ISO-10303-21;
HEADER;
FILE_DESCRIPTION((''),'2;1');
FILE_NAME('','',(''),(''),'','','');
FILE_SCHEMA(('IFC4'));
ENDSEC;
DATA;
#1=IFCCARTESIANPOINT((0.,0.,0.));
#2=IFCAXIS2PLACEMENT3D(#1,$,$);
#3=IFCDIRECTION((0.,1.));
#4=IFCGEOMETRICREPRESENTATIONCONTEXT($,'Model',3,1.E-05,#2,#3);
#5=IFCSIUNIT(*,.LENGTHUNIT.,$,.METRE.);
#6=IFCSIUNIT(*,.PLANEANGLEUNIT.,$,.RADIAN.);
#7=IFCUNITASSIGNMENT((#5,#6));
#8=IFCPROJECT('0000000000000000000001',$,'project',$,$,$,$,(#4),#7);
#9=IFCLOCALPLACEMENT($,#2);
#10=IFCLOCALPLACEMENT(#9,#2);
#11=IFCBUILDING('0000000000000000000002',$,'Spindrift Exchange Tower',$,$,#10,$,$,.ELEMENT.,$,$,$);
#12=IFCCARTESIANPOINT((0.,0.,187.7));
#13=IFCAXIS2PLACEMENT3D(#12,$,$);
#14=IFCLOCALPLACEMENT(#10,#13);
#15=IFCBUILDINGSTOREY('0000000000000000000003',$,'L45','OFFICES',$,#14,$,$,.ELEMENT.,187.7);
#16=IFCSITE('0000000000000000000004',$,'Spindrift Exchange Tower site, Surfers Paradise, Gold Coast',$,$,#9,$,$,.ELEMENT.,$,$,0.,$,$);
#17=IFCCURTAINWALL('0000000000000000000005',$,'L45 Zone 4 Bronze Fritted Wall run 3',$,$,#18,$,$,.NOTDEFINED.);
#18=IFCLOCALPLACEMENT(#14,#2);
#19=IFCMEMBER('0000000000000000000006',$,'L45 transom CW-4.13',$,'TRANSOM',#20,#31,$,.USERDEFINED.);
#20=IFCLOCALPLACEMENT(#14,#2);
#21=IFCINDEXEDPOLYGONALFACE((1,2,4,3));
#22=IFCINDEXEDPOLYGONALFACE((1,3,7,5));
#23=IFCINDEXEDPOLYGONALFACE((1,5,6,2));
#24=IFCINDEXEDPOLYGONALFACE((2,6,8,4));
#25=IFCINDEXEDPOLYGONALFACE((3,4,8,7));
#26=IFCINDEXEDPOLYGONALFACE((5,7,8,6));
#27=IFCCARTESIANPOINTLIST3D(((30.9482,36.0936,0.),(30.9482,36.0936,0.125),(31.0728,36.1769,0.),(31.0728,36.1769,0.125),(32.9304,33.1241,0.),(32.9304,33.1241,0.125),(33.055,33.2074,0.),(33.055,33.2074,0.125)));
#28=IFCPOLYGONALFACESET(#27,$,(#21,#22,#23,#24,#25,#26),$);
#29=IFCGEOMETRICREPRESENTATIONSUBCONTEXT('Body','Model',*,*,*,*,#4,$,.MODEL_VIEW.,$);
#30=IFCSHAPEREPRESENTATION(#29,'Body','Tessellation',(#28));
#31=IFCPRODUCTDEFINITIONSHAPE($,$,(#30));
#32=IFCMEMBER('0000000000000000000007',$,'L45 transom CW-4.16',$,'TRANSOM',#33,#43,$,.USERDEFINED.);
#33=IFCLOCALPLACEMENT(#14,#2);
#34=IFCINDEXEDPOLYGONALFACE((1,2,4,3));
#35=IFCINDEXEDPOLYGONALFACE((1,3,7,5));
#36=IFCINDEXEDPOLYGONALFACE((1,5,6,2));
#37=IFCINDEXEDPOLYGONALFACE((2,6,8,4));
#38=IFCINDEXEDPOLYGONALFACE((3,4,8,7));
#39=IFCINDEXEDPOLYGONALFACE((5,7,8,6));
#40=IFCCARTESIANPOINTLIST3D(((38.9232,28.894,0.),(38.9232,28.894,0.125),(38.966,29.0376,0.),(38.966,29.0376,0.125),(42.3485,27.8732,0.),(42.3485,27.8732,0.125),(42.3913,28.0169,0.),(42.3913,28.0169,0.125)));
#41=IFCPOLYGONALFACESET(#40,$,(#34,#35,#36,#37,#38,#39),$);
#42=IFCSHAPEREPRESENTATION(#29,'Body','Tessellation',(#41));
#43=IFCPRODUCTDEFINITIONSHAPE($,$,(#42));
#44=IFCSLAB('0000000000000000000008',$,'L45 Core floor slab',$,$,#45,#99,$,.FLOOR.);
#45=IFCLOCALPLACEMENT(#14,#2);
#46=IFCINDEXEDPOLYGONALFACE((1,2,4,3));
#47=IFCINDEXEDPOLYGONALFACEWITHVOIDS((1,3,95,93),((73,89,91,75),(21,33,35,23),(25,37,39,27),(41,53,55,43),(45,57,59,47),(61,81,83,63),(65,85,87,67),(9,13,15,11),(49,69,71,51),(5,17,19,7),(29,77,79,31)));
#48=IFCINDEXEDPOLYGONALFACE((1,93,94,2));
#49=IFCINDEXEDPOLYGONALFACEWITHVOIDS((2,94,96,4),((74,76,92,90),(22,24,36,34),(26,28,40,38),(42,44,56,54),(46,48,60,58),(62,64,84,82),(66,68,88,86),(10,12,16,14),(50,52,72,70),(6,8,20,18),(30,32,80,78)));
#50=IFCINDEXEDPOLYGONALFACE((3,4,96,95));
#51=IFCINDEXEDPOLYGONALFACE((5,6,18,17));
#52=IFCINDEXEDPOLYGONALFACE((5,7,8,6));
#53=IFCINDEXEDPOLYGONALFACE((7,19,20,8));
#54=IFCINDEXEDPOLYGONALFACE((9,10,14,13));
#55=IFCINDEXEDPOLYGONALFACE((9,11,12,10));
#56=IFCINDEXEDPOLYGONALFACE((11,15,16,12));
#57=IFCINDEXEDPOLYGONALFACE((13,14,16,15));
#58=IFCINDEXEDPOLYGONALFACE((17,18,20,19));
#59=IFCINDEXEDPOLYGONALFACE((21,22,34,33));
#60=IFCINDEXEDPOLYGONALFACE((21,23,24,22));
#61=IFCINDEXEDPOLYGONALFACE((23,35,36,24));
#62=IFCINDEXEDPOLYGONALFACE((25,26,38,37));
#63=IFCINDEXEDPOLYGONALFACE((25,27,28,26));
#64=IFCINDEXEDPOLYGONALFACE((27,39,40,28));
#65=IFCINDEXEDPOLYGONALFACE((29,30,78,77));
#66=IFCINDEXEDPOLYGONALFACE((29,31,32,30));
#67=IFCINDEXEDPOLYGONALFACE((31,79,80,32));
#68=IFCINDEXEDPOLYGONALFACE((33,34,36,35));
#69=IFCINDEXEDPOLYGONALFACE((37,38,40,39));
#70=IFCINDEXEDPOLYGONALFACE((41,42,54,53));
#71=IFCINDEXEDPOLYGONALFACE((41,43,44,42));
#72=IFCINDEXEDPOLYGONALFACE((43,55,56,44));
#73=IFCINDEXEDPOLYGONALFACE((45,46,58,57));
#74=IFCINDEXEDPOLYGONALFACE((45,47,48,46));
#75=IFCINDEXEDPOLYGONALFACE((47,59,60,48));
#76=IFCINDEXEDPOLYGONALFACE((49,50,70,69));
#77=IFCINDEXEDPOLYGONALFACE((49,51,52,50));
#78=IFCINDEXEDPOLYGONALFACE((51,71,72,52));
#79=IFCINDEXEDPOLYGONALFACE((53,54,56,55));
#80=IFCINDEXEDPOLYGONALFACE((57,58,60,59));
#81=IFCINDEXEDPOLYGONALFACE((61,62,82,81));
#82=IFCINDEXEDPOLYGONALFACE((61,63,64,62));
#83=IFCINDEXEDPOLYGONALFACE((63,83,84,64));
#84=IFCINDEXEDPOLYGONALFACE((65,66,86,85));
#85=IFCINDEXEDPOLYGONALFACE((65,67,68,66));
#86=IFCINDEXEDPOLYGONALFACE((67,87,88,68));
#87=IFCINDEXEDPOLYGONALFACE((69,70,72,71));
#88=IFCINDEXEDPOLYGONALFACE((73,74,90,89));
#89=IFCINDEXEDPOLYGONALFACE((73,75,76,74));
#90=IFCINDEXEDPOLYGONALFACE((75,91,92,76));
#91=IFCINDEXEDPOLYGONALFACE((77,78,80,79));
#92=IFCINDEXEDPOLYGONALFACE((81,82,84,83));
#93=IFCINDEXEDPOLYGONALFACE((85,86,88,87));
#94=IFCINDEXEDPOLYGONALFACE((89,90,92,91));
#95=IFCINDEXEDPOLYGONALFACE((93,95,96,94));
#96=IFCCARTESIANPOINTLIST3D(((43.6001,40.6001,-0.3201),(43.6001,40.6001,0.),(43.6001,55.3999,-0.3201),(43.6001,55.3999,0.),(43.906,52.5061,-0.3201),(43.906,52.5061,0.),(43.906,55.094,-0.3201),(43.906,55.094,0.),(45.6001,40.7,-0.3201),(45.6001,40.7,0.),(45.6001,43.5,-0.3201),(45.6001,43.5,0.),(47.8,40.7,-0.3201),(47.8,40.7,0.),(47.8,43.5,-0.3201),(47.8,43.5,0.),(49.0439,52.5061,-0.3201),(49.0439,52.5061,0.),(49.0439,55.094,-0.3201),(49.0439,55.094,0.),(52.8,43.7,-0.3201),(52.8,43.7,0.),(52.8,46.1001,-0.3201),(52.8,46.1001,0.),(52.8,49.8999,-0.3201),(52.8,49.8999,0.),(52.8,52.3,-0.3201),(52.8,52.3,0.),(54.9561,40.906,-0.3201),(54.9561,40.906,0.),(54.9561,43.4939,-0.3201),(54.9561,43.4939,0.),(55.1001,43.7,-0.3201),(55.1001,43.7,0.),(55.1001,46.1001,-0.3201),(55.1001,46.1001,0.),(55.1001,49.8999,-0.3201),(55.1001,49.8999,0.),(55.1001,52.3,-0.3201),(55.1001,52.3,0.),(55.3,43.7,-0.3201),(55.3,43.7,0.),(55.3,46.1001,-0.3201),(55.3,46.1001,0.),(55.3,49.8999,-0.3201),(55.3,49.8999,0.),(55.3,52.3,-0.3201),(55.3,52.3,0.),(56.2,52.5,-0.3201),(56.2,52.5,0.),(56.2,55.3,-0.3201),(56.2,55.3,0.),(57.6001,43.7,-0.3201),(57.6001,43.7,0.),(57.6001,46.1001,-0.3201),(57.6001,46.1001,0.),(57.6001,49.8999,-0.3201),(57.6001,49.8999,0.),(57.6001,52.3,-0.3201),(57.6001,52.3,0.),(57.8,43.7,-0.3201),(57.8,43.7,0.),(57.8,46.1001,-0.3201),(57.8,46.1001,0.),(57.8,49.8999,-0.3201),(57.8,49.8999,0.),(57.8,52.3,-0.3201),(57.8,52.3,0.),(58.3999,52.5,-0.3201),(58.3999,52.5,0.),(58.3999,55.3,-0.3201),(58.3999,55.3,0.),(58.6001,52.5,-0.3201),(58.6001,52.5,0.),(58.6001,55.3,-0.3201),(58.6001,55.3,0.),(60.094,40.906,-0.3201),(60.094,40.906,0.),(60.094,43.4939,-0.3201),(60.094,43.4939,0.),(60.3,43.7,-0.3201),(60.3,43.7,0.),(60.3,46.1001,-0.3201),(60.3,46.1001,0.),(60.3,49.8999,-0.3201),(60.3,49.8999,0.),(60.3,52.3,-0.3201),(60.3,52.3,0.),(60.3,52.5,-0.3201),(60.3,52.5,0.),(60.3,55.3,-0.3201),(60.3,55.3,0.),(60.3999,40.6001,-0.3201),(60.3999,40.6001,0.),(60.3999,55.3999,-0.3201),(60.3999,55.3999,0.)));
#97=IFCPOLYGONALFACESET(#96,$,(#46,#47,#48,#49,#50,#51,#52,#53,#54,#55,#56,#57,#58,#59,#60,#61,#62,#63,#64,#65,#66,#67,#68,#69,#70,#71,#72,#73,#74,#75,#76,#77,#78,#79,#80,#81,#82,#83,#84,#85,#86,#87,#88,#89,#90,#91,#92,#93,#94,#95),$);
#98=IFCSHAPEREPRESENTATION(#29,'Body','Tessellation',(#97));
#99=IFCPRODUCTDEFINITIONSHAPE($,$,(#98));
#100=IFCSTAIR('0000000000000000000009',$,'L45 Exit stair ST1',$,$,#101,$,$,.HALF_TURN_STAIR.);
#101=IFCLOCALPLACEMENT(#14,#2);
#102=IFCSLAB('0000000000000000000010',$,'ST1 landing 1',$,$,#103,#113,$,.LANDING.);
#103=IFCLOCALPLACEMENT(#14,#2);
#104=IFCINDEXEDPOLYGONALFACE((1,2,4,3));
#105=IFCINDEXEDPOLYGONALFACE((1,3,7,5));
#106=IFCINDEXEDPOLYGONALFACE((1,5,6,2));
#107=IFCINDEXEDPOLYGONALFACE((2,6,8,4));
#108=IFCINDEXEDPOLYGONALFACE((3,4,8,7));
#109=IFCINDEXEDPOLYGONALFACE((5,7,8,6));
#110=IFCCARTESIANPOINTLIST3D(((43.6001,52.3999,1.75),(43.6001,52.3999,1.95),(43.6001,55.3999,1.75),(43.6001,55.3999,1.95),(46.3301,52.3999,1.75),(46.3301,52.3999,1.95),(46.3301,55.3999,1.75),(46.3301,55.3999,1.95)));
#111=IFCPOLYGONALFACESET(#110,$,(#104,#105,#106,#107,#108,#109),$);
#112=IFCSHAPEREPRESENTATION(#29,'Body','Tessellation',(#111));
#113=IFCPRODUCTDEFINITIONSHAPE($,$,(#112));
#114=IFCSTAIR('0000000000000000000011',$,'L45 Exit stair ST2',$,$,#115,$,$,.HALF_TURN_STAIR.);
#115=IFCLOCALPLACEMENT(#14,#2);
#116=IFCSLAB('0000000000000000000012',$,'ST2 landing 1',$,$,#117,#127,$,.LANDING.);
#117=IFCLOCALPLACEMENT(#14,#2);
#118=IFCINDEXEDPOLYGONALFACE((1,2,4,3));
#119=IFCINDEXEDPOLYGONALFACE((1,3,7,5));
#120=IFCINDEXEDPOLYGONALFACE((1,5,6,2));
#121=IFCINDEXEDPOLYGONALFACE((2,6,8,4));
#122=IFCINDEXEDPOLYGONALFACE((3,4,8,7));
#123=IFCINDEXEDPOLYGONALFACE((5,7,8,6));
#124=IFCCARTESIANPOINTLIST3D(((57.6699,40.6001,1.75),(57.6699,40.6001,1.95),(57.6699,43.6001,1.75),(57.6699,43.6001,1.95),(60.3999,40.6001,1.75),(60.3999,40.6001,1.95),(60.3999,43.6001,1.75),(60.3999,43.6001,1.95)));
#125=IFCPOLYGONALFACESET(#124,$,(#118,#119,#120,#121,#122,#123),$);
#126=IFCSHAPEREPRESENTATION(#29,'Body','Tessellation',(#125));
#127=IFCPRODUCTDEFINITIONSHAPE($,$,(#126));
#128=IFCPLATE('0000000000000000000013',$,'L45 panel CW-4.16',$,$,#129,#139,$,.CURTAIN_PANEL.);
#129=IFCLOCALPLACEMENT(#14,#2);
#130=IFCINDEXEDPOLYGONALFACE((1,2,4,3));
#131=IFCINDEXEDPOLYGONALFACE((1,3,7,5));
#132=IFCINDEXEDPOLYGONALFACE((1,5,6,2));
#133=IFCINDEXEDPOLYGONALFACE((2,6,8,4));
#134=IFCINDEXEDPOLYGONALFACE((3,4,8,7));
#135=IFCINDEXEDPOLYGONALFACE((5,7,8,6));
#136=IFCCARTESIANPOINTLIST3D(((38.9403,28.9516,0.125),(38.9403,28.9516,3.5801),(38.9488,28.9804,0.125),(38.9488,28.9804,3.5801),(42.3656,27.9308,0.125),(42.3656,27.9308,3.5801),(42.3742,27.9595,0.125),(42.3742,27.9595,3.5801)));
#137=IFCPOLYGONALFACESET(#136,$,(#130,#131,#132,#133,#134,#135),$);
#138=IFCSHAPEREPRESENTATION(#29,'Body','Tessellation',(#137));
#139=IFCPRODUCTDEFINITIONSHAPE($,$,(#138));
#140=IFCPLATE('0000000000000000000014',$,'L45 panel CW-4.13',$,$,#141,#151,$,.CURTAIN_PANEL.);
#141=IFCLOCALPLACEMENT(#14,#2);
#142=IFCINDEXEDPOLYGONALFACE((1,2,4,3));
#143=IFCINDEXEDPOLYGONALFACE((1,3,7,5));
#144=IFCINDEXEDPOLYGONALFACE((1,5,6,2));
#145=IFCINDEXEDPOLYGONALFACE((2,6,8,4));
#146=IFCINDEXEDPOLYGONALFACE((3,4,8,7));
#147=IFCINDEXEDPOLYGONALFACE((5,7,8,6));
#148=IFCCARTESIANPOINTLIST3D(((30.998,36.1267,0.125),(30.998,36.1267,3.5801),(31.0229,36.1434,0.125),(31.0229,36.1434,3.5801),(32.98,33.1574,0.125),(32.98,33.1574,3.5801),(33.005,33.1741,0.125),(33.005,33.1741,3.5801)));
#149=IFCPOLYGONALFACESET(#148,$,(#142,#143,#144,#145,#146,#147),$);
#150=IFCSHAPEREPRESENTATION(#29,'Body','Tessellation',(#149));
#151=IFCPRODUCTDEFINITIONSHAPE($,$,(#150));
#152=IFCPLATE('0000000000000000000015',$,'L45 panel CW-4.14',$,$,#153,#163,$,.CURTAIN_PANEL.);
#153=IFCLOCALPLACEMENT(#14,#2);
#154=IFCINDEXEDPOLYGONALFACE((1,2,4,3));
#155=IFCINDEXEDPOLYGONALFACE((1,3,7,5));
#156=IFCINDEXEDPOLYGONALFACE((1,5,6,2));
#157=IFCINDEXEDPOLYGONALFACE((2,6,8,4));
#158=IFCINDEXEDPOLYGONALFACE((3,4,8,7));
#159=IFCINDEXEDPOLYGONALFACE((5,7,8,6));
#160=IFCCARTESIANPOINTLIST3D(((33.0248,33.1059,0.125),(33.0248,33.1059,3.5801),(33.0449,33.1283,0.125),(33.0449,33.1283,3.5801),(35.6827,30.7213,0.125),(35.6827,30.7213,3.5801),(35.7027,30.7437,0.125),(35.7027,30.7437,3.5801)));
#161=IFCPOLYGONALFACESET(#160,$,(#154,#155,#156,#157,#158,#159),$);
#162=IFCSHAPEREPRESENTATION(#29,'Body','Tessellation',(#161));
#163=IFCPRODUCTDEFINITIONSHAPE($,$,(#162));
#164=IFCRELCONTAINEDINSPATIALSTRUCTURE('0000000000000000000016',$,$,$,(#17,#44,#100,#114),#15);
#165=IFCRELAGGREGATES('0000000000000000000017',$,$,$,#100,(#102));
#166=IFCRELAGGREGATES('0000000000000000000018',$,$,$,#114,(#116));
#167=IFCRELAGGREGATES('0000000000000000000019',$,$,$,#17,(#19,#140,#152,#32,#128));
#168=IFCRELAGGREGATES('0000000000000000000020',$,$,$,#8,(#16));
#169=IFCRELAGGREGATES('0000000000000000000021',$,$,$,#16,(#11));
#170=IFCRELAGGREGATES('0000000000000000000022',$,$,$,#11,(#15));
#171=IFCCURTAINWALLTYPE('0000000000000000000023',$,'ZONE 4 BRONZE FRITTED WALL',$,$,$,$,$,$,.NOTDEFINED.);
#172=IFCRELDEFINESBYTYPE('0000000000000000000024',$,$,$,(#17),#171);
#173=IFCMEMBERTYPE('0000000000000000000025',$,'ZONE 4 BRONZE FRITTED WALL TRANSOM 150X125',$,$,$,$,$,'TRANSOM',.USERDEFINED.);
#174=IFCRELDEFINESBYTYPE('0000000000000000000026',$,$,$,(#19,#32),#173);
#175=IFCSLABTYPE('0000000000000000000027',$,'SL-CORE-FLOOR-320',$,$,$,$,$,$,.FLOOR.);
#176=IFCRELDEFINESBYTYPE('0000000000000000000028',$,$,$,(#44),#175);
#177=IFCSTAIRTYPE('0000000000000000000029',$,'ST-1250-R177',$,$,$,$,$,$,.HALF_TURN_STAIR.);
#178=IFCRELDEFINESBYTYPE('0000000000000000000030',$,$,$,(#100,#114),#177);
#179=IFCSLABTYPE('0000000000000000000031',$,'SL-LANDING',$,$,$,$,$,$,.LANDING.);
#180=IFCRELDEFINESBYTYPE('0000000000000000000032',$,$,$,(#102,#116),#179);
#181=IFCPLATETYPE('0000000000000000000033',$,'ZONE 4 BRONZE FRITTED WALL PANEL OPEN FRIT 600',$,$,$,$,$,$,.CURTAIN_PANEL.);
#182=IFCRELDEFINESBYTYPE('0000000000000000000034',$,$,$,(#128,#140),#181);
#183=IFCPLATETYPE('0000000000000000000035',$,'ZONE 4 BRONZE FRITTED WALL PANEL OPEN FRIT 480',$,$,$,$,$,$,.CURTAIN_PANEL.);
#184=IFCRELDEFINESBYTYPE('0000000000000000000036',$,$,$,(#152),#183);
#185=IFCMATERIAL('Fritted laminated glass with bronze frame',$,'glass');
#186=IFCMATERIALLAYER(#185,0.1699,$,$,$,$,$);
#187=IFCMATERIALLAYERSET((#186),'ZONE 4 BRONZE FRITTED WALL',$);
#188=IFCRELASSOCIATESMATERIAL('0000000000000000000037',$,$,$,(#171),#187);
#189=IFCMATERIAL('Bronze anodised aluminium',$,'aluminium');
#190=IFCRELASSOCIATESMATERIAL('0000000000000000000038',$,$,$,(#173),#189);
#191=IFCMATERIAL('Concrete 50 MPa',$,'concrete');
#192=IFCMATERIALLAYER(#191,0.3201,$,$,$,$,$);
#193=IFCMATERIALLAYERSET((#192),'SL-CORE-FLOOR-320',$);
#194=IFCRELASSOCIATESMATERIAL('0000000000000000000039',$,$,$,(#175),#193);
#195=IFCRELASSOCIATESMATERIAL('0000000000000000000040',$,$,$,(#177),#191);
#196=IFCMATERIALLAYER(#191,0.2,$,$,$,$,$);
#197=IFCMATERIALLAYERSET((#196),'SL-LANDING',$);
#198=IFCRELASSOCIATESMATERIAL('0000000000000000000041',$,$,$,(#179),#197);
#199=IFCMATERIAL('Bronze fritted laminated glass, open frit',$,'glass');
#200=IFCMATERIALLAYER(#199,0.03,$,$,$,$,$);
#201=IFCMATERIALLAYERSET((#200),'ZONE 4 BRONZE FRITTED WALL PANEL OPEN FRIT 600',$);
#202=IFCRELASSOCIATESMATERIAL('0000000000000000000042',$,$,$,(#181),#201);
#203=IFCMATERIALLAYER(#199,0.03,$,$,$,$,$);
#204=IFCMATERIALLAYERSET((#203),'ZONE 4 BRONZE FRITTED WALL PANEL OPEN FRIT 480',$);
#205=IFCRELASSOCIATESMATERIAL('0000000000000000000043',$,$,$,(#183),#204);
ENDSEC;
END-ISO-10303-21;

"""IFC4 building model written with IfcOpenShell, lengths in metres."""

from ifc_helpers import new_model, si_unit, direction, frame, origin, origin_2d, place, context, subcontext, project, spatial, line, indexed_curve, rectangle, outline, extrude, source, transform, mapped, material, layer, layer_set, material_profile, profile_set, type_object, element, aggregate, save


model = new_model("IFC4")

# Units and contexts
model_context = context("Model", 3, precision=1e-05, world=origin(), true_north=direction((0.0, 1.0)))
body_context = subcontext(model_context, "Body", "Model", "MODEL_VIEW")
ifc_project = project(units=[si_unit("LENGTHUNIT", "METRE"), si_unit("PLANEANGLEUNIT", "RADIAN")], contexts=[model_context])

# Site, building, storey
site_placement = place(None, origin())
site = spatial("IfcSite", under=ifc_project, at=site_placement, Name="Spindrift Exchange Tower site, Surfers Paradise, Gold Coast", CompositionType="ELEMENT", RefElevation=0.0)
building_placement = place(site_placement, origin())
building = spatial("IfcBuilding", under=site, at=building_placement, Name="Spindrift Exchange Tower", CompositionType="ELEMENT")
storey_placement = place(building_placement, frame((0.0, 0.0, 187.7)))
storey = spatial("IfcBuildingStorey", under=building, at=storey_placement, Name="L45", Description="OFFICES", CompositionType="ELEMENT", Elevation=187.7)

# Shared definitions
ifc_material_1 = material(Name="Concrete 50 MPa", Category="concrete")

# Curtain wall, members
ifc_material_2 = material(Name="Fritted laminated glass with bronze frame", Category="glass")
ifc_layer_1 = layer(ifc_material_2, 0.1699)
ifc_layer_set_1 = layer_set([ifc_layer_1], Name="ZONE 4 BRONZE FRITTED WALL")
curtain_wall_type = type_object("IfcCurtainWallType", Name="ZONE 4 BRONZE FRITTED WALL", PredefinedType="NOTDEFINED", material=ifc_layer_set_1)
curtain_wall_placement = place(storey_placement, origin())
curtain_wall = element("IfcCurtainWall", 1, at=curtain_wall_placement, inside=storey, type_object=curtain_wall_type, Name="L45 Zone 4 Bronze Fritted Wall run 3", PredefinedType="NOTDEFINED")
ifc_material_3 = material(Name="Bronze anodised aluminium", Category="aluminium")
ifc_material_profile_1 = material_profile(ifc_material_3, rectangle(XDim=0.1499, YDim=0.125, at=origin_2d()), Name="ZONE 4 BRONZE FRITTED WALL TRANSOM 150X125")
ifc_profile_set_1 = profile_set([ifc_material_profile_1], Name="Bronze anodised aluminium")
member_type_1 = type_object("IfcMemberType", Name="ZONE 4 BRONZE FRITTED WALL TRANSOM 150X125", ElementType="TRANSOM", PredefinedType="USERDEFINED", material=ifc_profile_set_1)
shared_shape_1 = source(origin(), body_context, "Body", "SweptSolid", [
    extrude(rectangle(XDim=0.1499, YDim=0.125, at=origin_2d()), origin(), (0.0, 0.0, 1.0), 3.5703),
])
member_1_placement = place(storey_placement, frame((31.0105, 36.1353, 0.0625), z_axis=(0.555189, -0.831724, 0.0), x_axis=(0.831724, 0.555189, 0.0)))
member_1 = element("IfcMember", 2, at=member_1_placement, type_object=member_type_1, Name="L45 transom CW-4.13", ObjectType="TRANSOM", PredefinedType="USERDEFINED", context=body_context, shape_type="MappedRepresentation", body=[
    mapped(shared_shape_1, transform((0.0, 0.0, 0.0), scale=1.0)),
])
shared_shape_2 = source(origin(), body_context, "Body", "SweptSolid", [
    extrude(rectangle(XDim=0.1499, YDim=0.125, at=origin_2d()), origin(), (0.0, 0.0, 1.0), 3.5742),
])
member_2_placement = place(storey_placement, frame((38.9446, 28.9658, 0.0625), z_axis=(0.958351, -0.285593, 0.0), x_axis=(0.285593, 0.958351, 0.0)))
member_2 = element("IfcMember", 3, at=member_2_placement, type_object=member_type_1, Name="L45 transom CW-4.16", ObjectType="TRANSOM", PredefinedType="USERDEFINED", context=body_context, shape_type="MappedRepresentation", body=[
    mapped(shared_shape_2, transform((0.0, 0.0, 0.0), scale=1.0)),
])

# Slab
ifc_layer_2 = layer(ifc_material_1, 0.3201)
ifc_layer_set_2 = layer_set([ifc_layer_2], Name="SL-CORE-FLOOR-320")
slab_type_1 = type_object("IfcSlabType", Name="SL-CORE-FLOOR-320", PredefinedType="FLOOR", material=ifc_layer_set_2)
slab_1_placement = place(storey_placement, frame((0.0, 0.0, -0.3201)))
element("IfcSlab", 4, at=slab_1_placement, inside=storey, type_object=slab_type_1, Name="L45 Core floor slab", PredefinedType="FLOOR", context=body_context, shape_type="SweptSolid", body=[
    extrude(outline(indexed_curve([(43.6001, 40.6001), (43.6001, 55.3999), (60.3999, 55.3999), (60.3999, 40.6001)], segments=[line(1, 2, 3, 4, 1)], self_intersect=False), holes=[indexed_curve([(45.6001, 43.5), (45.6001, 40.7), (47.8, 40.7), (47.8, 43.5)], segments=[line(1, 2, 3, 4, 1)], self_intersect=False), indexed_curve([(52.8, 46.1001), (52.8, 43.7), (55.1001, 43.7), (55.1001, 46.1001)], segments=[line(1, 2, 3, 4, 1)], self_intersect=False), indexed_curve([(55.3, 46.1001), (55.3, 43.7), (57.6001, 43.7), (57.6001, 46.1001)], segments=[line(1, 2, 3, 4, 1)], self_intersect=False), indexed_curve([(55.1001, 52.3), (52.8, 52.3), (52.8, 49.8999), (55.1001, 49.8999)], segments=[line(1, 2, 3, 4, 1)], self_intersect=False), indexed_curve([(57.6001, 52.3), (55.3, 52.3), (55.3, 49.8999), (57.6001, 49.8999)], segments=[line(1, 2, 3, 4, 1)], self_intersect=False), indexed_curve([(43.906, 52.5061), (49.0439, 52.5061), (49.0439, 55.094), (43.906, 55.094)], segments=[line(1, 2, 3, 4, 1)], self_intersect=False), indexed_curve([(60.094, 40.906), (60.094, 43.4939), (54.9561, 43.4939), (54.9561, 40.906)], segments=[line(1, 2, 3, 4, 1)], self_intersect=False), indexed_curve([(60.3, 46.1001), (57.8, 46.1001), (57.8, 43.7), (60.3, 43.7)], segments=[line(1, 2, 3, 4, 1)], self_intersect=False), indexed_curve([(57.8, 52.3), (57.8, 49.8999), (60.3, 49.8999), (60.3, 52.3)], segments=[line(1, 2, 3, 4, 1)], self_intersect=False), indexed_curve([(58.3999, 55.3), (56.2, 55.3), (56.2, 52.5), (58.3999, 52.5)], segments=[line(1, 2, 3, 4, 1)], self_intersect=False), indexed_curve([(60.3, 55.3), (58.6001, 55.3), (58.6001, 52.5), (60.3, 52.5)], segments=[line(1, 2, 3, 4, 1)], self_intersect=False)]), origin(), (0.0, 0.0, 1.0), 0.3201),
])

# Stairs, slabs
stair_type = type_object("IfcStairType", Name="ST-1250-R177", PredefinedType="HALF_TURN_STAIR", material=ifc_material_1)
stair_1_placement = place(storey_placement, origin())
stair_1 = element("IfcStair", 5, at=stair_1_placement, inside=storey, type_object=stair_type, Name="L45 Exit stair ST1", PredefinedType="HALF_TURN_STAIR")
ifc_layer_3 = layer(ifc_material_1, 0.2)
ifc_layer_set_3 = layer_set([ifc_layer_3], Name="SL-LANDING")
slab_type_2 = type_object("IfcSlabType", Name="SL-LANDING", PredefinedType="LANDING", material=ifc_layer_set_3)
slab_2_placement = place(storey_placement, frame((0.0, 0.0, 1.75)))
slab_2 = element("IfcSlab", 6, at=slab_2_placement, type_object=slab_type_2, Name="ST1 landing 1", PredefinedType="LANDING", context=body_context, shape_type="SweptSolid", body=[
    extrude(outline(indexed_curve([(46.3301, 52.3999), (43.6001, 52.3999), (43.6001, 55.3999), (46.3301, 55.3999)], segments=[line(1, 2, 3, 4, 1)], self_intersect=False)), origin(), (0.0, 0.0, 1.0), 0.2),
])
aggregate(stair_1, [slab_2])
stair_2_placement = place(storey_placement, origin())
stair_2 = element("IfcStair", 7, at=stair_2_placement, inside=storey, type_object=stair_type, Name="L45 Exit stair ST2", PredefinedType="HALF_TURN_STAIR")
slab_3_placement = place(storey_placement, frame((0.0, 0.0, 1.75)))
slab_3 = element("IfcSlab", 8, at=slab_3_placement, type_object=slab_type_2, Name="ST2 landing 1", PredefinedType="LANDING", context=body_context, shape_type="SweptSolid", body=[
    extrude(outline(indexed_curve([(57.6699, 43.6001), (60.3999, 43.6001), (60.3999, 40.6001), (57.6699, 40.6001)], segments=[line(1, 2, 3, 4, 1)], self_intersect=False)), origin(), (0.0, 0.0, 1.0), 0.2),
])
aggregate(stair_2, [slab_3])

# Plates
ifc_material_4 = material(Name="Bronze fritted laminated glass, open frit", Category="glass")
ifc_layer_4 = layer(ifc_material_4, 0.03)
ifc_layer_set_4 = layer_set([ifc_layer_4], Name="ZONE 4 BRONZE FRITTED WALL PANEL OPEN FRIT 600")
plate_type_1 = type_object("IfcPlateType", Name="ZONE 4 BRONZE FRITTED WALL PANEL OPEN FRIT 600", PredefinedType="CURTAIN_PANEL", material=ifc_layer_set_4)
shared_shape_3 = source(origin(), body_context, "Body", "SweptSolid", [
    extrude(rectangle(XDim=3.5742, YDim=0.03, at=origin_2d()), origin(), (0.0, 0.0, 1.0), 3.4551),
])
plate_1_placement = place(storey_placement, frame((40.6572, 28.4556, 0.125), z_axis=(0.0, 0.0, 1.0), x_axis=(0.958345, -0.285613, 0.0)))
plate_1 = element("IfcPlate", 9, at=plate_1_placement, type_object=plate_type_1, Name="L45 panel CW-4.16", PredefinedType="CURTAIN_PANEL", context=body_context, shape_type="MappedRepresentation", body=[
    mapped(shared_shape_3, transform((0.0, 0.0, 0.0), scale=1.0)),
])
shared_shape_4 = source(origin(), body_context, "Body", "SweptSolid", [
    extrude(rectangle(XDim=3.5701, YDim=0.03, at=origin_2d()), origin(), (0.0, 0.0, 1.0), 3.4551),
])
plate_2_placement = place(storey_placement, frame((32.0015, 34.6504, 0.125), z_axis=(0.0, 0.0, 1.0), x_axis=(0.555177, -0.831732, 0.0)))
plate_2 = element("IfcPlate", 10, at=plate_2_placement, type_object=plate_type_1, Name="L45 panel CW-4.13", PredefinedType="CURTAIN_PANEL", context=body_context, shape_type="MappedRepresentation", body=[
    mapped(shared_shape_4, transform((0.0, 0.0, 0.0), scale=1.0)),
])
ifc_layer_5 = layer(ifc_material_4, 0.03)
ifc_layer_set_5 = layer_set([ifc_layer_5], Name="ZONE 4 BRONZE FRITTED WALL PANEL OPEN FRIT 480")
plate_type_2 = type_object("IfcPlateType", Name="ZONE 4 BRONZE FRITTED WALL PANEL OPEN FRIT 480", PredefinedType="CURTAIN_PANEL", material=ifc_layer_set_5)
shared_shape_5 = source(origin(), body_context, "Body", "SweptSolid", [
    extrude(rectangle(XDim=3.5708, YDim=0.03, at=origin_2d()), origin(), (0.0, 0.0, 1.0), 3.4551),
])
plate_3_placement = place(storey_placement, frame((34.3638, 31.9248, 0.125), z_axis=(0.0, 0.0, 1.0), x_axis=(0.74433, -0.667812, 0.0)))
plate_3 = element("IfcPlate", 11, at=plate_3_placement, type_object=plate_type_2, Name="L45 panel CW-4.14", PredefinedType="CURTAIN_PANEL", context=body_context, shape_type="MappedRepresentation", body=[
    mapped(shared_shape_5, transform((0.0, 0.0, 0.0), scale=1.0)),
])
aggregate(curtain_wall, [member_1, plate_2, plate_3, member_2, plate_1])

save(model, "model.ifc")
